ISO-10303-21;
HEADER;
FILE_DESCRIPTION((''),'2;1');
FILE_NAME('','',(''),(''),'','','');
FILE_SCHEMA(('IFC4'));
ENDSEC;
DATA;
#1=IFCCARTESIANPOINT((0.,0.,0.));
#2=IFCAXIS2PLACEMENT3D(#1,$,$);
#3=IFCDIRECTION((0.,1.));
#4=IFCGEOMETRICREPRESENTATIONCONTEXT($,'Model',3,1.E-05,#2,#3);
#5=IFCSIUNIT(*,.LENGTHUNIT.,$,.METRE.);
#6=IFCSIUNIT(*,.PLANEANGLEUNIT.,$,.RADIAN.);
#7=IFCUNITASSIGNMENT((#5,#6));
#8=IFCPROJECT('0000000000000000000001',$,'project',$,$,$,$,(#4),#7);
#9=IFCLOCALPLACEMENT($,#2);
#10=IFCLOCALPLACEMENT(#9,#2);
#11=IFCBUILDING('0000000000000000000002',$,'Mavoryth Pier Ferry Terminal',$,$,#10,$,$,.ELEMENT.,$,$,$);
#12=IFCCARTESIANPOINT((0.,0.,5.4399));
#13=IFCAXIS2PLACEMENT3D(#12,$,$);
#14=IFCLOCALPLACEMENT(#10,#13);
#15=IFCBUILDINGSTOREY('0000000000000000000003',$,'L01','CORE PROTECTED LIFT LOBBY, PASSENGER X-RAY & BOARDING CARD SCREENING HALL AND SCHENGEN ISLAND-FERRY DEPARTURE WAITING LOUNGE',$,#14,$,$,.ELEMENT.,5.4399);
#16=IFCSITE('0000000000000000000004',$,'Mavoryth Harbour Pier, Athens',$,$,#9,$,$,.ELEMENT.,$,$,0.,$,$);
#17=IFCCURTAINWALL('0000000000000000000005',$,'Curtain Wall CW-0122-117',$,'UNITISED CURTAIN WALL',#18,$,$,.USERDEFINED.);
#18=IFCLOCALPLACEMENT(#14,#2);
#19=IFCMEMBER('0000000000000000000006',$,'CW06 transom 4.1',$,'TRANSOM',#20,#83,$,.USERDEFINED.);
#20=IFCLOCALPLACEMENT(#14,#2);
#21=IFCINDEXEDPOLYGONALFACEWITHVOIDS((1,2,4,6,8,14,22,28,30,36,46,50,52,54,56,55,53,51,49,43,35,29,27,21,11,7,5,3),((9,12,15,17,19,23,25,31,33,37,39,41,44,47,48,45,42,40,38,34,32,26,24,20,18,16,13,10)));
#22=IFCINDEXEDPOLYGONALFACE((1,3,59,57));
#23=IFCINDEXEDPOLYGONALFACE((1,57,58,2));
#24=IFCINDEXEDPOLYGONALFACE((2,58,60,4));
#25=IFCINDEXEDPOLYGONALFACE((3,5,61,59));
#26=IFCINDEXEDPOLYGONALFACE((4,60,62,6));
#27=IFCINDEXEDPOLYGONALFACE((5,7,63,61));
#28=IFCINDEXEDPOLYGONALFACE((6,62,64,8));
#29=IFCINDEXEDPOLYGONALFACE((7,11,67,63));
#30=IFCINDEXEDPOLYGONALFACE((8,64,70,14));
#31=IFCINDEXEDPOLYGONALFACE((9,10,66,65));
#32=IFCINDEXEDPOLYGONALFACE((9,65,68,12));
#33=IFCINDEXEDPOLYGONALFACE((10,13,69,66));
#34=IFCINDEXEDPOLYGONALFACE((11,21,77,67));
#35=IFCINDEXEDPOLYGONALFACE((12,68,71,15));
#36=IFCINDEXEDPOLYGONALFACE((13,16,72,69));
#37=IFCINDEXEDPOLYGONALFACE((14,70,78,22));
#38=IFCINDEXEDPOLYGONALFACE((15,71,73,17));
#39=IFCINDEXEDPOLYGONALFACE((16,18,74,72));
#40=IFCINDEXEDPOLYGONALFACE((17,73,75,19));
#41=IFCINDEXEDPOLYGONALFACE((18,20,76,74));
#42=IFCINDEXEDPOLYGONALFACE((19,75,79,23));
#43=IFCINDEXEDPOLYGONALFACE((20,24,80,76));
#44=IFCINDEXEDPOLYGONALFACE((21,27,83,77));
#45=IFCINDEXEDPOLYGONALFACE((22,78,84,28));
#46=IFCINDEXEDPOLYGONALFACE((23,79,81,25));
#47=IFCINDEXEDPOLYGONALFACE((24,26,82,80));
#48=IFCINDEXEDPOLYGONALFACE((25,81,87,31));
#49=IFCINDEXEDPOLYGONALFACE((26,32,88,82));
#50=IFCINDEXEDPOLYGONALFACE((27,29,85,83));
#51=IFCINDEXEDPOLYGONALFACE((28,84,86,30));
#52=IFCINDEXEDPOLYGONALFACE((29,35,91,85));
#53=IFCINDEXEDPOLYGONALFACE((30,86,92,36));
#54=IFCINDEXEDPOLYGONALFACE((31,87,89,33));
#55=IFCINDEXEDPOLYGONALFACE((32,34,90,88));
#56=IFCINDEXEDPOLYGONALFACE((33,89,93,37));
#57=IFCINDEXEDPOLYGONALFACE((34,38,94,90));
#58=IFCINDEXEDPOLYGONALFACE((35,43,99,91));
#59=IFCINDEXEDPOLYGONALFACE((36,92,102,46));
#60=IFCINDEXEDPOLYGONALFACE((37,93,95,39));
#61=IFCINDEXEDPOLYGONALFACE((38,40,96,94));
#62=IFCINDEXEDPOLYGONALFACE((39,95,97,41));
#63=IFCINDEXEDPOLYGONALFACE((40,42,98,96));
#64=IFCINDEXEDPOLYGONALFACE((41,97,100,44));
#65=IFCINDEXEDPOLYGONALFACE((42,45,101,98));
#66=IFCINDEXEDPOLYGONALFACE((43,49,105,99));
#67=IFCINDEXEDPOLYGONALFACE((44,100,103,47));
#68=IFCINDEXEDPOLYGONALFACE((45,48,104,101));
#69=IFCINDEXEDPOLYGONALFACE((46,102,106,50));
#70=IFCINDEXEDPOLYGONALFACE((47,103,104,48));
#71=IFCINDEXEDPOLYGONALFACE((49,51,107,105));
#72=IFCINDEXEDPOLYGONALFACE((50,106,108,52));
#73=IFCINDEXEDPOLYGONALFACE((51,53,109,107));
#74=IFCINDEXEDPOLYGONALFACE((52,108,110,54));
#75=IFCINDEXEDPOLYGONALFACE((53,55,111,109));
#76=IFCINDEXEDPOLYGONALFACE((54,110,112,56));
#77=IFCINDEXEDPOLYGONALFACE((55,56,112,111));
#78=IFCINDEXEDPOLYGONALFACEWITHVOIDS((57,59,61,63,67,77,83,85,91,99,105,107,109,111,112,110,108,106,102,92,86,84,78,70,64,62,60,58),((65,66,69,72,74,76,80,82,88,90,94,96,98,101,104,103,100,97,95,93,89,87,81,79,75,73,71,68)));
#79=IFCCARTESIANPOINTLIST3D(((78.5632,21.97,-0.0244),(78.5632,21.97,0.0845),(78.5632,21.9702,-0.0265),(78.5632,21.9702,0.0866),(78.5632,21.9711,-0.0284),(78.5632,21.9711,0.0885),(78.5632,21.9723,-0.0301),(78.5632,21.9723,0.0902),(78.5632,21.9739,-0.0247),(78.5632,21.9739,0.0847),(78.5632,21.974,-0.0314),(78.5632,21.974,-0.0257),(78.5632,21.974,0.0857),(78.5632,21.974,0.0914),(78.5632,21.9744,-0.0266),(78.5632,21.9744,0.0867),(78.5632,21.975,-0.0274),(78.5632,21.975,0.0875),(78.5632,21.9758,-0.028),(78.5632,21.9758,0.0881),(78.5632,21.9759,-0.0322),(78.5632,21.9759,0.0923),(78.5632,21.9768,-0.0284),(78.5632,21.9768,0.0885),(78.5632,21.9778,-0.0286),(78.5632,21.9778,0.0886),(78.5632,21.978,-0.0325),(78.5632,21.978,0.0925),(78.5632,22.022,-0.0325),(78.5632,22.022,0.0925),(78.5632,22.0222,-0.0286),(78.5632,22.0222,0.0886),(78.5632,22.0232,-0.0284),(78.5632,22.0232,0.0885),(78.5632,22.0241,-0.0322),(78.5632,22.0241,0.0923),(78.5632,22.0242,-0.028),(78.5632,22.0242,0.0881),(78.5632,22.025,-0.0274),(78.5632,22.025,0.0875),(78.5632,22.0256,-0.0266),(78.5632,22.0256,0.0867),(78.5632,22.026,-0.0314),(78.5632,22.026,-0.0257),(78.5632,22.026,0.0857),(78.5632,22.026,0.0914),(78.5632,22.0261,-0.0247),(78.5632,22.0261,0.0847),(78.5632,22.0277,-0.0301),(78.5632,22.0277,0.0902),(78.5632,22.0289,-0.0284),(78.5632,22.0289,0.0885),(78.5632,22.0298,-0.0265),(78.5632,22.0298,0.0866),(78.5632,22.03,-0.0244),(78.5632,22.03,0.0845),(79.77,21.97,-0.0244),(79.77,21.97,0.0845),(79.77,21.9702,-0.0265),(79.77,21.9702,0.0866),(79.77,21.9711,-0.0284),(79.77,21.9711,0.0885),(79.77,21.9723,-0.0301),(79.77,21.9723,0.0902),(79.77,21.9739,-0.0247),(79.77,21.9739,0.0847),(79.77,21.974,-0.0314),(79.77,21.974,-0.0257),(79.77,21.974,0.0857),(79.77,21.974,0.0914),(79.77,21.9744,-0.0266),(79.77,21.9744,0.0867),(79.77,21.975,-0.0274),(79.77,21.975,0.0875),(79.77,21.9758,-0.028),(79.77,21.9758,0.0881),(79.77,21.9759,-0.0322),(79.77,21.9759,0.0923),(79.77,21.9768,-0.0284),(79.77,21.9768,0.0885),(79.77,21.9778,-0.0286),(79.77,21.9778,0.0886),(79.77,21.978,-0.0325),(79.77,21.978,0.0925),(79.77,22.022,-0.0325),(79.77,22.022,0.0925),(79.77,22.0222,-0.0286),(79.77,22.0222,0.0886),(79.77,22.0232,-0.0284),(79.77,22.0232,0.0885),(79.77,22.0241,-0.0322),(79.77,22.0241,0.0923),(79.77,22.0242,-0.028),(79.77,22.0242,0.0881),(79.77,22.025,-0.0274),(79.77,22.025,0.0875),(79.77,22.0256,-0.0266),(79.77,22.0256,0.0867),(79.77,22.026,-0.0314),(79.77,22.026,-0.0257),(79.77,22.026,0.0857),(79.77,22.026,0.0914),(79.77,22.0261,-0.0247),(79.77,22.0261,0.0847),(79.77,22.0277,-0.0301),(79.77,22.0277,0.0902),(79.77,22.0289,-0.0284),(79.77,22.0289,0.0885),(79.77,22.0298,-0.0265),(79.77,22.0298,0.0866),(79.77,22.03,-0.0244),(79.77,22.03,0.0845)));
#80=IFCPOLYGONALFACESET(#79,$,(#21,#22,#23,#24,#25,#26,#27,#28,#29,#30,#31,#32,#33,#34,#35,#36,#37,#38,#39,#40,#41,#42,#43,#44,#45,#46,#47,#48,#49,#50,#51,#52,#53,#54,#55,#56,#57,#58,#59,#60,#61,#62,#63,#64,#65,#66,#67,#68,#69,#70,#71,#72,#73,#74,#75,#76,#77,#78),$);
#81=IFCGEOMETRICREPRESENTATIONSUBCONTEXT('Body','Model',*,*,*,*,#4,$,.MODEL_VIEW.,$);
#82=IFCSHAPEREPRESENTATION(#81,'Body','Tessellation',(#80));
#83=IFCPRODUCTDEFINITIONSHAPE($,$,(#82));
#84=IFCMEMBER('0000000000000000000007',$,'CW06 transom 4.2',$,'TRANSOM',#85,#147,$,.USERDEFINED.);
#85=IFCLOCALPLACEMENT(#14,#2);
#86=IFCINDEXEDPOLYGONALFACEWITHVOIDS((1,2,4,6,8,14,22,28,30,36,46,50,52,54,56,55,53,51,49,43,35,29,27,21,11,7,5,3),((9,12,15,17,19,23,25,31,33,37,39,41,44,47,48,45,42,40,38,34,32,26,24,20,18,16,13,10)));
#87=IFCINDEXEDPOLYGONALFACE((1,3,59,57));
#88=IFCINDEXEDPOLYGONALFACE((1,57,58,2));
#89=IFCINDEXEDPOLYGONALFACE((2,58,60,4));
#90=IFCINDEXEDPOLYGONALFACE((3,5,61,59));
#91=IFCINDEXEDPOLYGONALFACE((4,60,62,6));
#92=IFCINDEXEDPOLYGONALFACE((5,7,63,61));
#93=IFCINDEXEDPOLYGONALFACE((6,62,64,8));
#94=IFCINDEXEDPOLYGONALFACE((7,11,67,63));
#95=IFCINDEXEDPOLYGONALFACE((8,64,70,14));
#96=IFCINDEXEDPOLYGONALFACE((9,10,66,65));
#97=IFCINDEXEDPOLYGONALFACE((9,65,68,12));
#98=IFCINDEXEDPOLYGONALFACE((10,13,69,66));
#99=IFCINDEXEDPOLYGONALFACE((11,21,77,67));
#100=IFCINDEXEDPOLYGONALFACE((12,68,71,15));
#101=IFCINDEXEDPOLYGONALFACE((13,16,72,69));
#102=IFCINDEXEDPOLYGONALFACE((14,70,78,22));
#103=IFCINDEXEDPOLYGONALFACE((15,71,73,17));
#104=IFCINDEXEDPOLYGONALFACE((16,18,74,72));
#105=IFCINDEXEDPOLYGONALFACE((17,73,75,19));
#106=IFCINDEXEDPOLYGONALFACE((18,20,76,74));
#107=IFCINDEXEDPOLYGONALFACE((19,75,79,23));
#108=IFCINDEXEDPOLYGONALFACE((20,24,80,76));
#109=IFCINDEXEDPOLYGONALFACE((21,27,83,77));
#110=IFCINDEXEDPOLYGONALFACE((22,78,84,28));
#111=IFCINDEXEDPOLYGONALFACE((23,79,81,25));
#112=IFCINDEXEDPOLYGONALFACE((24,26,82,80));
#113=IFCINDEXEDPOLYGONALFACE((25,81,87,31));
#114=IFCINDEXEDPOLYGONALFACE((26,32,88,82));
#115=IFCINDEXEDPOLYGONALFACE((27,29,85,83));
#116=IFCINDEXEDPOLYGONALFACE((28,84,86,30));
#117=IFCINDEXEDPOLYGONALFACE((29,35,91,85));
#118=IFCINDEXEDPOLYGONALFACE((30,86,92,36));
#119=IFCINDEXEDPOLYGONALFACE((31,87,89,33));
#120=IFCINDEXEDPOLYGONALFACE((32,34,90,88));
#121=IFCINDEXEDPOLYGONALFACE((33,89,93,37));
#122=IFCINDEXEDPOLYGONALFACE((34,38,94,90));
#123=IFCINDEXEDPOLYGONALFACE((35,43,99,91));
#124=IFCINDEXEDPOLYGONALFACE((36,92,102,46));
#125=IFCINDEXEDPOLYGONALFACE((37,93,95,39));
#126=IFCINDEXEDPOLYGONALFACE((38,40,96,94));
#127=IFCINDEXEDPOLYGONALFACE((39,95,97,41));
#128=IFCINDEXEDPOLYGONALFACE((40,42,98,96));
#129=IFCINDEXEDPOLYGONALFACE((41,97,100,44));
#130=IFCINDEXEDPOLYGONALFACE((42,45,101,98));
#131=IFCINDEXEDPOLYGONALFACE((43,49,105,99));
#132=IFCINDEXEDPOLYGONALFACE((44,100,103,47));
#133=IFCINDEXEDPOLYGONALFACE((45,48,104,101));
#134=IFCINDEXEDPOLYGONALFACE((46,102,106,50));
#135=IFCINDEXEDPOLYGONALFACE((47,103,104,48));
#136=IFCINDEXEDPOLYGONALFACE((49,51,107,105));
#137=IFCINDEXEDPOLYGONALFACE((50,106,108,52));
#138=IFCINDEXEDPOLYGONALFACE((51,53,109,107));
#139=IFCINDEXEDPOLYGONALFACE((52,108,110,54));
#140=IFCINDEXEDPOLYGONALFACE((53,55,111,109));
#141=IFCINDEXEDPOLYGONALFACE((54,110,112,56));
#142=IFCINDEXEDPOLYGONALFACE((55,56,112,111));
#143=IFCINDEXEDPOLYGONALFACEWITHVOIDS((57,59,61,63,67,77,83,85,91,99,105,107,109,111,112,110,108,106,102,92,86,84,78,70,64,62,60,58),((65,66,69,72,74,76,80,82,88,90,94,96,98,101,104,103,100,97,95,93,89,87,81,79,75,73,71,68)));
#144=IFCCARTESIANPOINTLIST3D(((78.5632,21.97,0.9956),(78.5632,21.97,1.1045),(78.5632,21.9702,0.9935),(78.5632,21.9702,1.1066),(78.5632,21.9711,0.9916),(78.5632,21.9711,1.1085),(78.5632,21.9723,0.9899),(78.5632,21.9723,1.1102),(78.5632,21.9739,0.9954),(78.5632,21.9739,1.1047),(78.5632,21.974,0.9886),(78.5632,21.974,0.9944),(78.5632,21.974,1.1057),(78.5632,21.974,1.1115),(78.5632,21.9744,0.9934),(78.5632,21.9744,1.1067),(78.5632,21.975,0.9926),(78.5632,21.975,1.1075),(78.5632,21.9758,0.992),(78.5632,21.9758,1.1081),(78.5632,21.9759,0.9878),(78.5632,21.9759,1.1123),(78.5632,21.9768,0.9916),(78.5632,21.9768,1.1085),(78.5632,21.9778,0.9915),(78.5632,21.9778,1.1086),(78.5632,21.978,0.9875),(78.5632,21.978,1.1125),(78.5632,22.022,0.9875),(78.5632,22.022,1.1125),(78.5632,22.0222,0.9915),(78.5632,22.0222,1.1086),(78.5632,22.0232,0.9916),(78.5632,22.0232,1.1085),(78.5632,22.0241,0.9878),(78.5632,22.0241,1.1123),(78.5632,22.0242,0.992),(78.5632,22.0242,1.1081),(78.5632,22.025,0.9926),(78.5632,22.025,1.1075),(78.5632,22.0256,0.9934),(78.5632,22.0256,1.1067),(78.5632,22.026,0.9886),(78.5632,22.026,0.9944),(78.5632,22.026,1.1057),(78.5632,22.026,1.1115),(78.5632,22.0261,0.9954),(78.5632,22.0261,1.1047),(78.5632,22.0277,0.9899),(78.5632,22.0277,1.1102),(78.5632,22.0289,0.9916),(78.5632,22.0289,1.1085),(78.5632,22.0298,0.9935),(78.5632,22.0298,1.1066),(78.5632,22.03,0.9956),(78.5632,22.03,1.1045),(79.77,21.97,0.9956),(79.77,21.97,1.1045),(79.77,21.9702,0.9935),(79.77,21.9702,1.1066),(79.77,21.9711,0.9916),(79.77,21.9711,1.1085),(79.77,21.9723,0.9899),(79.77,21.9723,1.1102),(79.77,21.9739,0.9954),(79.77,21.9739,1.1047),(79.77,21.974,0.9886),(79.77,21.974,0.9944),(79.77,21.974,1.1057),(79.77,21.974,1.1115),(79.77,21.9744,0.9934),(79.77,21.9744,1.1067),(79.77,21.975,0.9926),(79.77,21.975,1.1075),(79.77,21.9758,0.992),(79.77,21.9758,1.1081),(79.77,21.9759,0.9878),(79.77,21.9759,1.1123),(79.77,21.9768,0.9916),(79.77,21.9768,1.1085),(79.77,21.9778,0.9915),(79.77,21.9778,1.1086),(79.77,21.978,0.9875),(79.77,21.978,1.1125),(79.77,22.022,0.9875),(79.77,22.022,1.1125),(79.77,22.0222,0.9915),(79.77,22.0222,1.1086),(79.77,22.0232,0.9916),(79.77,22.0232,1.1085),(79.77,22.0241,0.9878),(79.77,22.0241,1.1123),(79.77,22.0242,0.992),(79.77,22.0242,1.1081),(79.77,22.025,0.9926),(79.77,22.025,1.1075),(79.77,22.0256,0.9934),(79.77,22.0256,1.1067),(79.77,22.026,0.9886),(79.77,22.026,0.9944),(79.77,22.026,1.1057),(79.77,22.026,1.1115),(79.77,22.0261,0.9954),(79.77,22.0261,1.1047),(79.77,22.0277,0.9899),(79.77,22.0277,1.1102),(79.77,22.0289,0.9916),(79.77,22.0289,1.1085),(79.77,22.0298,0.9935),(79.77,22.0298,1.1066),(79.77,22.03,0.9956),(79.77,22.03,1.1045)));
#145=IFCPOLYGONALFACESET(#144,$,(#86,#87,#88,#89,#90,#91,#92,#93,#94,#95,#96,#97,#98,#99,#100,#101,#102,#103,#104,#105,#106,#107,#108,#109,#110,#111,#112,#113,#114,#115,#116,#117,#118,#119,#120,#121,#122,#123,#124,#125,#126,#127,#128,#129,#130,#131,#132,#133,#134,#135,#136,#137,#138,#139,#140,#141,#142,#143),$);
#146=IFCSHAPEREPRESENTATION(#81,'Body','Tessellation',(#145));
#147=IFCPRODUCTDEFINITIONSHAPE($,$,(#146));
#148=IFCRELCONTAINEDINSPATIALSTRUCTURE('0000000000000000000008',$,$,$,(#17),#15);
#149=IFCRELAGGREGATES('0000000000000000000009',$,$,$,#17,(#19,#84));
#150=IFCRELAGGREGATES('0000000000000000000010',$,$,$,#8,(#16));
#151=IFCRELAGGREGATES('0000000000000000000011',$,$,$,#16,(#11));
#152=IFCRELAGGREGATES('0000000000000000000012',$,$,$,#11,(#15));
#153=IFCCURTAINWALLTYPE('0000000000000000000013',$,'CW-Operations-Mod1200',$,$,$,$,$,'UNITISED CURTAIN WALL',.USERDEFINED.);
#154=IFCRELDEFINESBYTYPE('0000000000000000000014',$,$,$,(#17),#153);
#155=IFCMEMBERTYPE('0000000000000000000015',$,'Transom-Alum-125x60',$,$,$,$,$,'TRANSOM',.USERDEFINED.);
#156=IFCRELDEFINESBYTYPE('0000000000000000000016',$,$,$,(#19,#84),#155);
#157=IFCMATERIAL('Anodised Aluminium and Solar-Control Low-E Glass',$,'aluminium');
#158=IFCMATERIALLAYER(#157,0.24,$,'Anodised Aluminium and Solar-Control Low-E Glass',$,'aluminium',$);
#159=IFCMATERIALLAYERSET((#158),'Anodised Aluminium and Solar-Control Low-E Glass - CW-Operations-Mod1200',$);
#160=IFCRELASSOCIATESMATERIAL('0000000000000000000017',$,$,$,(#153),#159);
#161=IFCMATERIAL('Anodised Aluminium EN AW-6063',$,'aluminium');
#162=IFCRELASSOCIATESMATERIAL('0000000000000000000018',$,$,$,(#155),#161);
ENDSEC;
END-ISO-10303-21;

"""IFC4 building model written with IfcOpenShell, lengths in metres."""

from ifc_helpers import new_model, si_unit, direction, frame, origin, origin_2d, place, context, subcontext, project, spatial, hollow_rectangle, extrude, material, layer, layer_set, material_profile, profile_set, type_object, element, aggregate, save


model = new_model("IFC4")

# Units and contexts
model_context = context("Model", 3, precision=1e-05, world=origin(), true_north=direction((0.0, 1.0)))
body_context = subcontext(model_context, "Body", "Model", "MODEL_VIEW")
ifc_project = project(units=[si_unit("LENGTHUNIT", "METRE"), si_unit("PLANEANGLEUNIT", "RADIAN")], contexts=[model_context])

# Site, building, storey
site_placement = place(None, origin())
site = spatial("IfcSite", under=ifc_project, at=site_placement, Name="Mavoryth Harbour Pier, Athens", CompositionType="ELEMENT", RefElevation=0.0)
building_placement = place(site_placement, origin())
building = spatial("IfcBuilding", under=site, at=building_placement, Name="Mavoryth Pier Ferry Terminal", CompositionType="ELEMENT")
storey_placement = place(building_placement, frame((0.0, 0.0, 5.4399)))
storey = spatial("IfcBuildingStorey", under=building, at=storey_placement, Name="L01", Description="CORE PROTECTED LIFT LOBBY, PASSENGER X-RAY & BOARDING CARD SCREENING HALL AND SCHENGEN ISLAND-FERRY DEPARTURE WAITING LOUNGE", CompositionType="ELEMENT", Elevation=5.4399)

# Curtain wall
ifc_material_1 = material(Name="Anodised Aluminium and Solar-Control Low-E Glass", Category="aluminium")
ifc_layer_1 = layer(ifc_material_1, 0.24, Name="Anodised Aluminium and Solar-Control Low-E Glass", Category="aluminium")
ifc_layer_set_1 = layer_set([ifc_layer_1], Name="Anodised Aluminium and Solar-Control Low-E Glass - CW-Operations-Mod1200")
curtain_wall_type = type_object("IfcCurtainWallType", Name="CW-Operations-Mod1200", ElementType="UNITISED CURTAIN WALL", PredefinedType="USERDEFINED", material=ifc_layer_set_1)
ifc_material_2 = material(Name="Anodised Aluminium EN AW-6063", Category="aluminium")
curtain_wall_1_placement = place(storey_placement, origin())
curtain_wall_1 = element("IfcCurtainWall", 1, at=curtain_wall_1_placement, inside=storey, type_object=curtain_wall_type, Name="Curtain Wall CW-0122-117", ObjectType="UNITISED CURTAIN WALL", PredefinedType="USERDEFINED")

# Members
ifc_material_profile_1 = material_profile(ifc_material_2, hollow_rectangle(XDim=0.0601, YDim=0.125, WallThickness=0.0039, InnerFilletRadius=0.0039, OuterFilletRadius=0.0081, at=origin_2d()), Name="AL-TRAN 125x60x4", Category="aluminium")
ifc_profile_set_1 = profile_set([ifc_material_profile_1], Name="Anodised Aluminium EN AW-6063 - AL-TRAN 125x60x4")
member_type_1 = type_object("IfcMemberType", Name="Transom-Alum-125x60", ElementType="TRANSOM", PredefinedType="USERDEFINED", material=ifc_profile_set_1)
member_1_placement = place(storey_placement, frame((79.77, 22.0, 0.03), z_axis=(-1.0, 0.0, 0.0), x_axis=(0.0, -1.0, 0.0)))
member_1 = element("IfcMember", 2, at=member_1_placement, type_object=member_type_1, Name="CW06 transom 4.1", ObjectType="TRANSOM", PredefinedType="USERDEFINED", context=body_context, shape_type="SweptSolid", body=[
    extrude(hollow_rectangle(XDim=0.0601, YDim=0.125, WallThickness=0.0039, InnerFilletRadius=0.0039, OuterFilletRadius=0.0081, at=origin_2d()), origin(), (0.0, 0.0, 1.0), 1.2068),
])
member_2_placement = place(storey_placement, frame((79.77, 22.0, 1.05), z_axis=(-1.0, 0.0, 0.0), x_axis=(0.0, -1.0, 0.0)))
member_2 = element("IfcMember", 3, at=member_2_placement, type_object=member_type_1, Name="CW06 transom 4.2", ObjectType="TRANSOM", PredefinedType="USERDEFINED", context=body_context, shape_type="SweptSolid", body=[
    extrude(hollow_rectangle(XDim=0.0601, YDim=0.125, WallThickness=0.0039, InnerFilletRadius=0.0039, OuterFilletRadius=0.0081, at=origin_2d()), origin(), (0.0, 0.0, 1.0), 1.2068),
])

aggregate(curtain_wall_1, [member_1, member_2])

save(model, "model.ifc")
